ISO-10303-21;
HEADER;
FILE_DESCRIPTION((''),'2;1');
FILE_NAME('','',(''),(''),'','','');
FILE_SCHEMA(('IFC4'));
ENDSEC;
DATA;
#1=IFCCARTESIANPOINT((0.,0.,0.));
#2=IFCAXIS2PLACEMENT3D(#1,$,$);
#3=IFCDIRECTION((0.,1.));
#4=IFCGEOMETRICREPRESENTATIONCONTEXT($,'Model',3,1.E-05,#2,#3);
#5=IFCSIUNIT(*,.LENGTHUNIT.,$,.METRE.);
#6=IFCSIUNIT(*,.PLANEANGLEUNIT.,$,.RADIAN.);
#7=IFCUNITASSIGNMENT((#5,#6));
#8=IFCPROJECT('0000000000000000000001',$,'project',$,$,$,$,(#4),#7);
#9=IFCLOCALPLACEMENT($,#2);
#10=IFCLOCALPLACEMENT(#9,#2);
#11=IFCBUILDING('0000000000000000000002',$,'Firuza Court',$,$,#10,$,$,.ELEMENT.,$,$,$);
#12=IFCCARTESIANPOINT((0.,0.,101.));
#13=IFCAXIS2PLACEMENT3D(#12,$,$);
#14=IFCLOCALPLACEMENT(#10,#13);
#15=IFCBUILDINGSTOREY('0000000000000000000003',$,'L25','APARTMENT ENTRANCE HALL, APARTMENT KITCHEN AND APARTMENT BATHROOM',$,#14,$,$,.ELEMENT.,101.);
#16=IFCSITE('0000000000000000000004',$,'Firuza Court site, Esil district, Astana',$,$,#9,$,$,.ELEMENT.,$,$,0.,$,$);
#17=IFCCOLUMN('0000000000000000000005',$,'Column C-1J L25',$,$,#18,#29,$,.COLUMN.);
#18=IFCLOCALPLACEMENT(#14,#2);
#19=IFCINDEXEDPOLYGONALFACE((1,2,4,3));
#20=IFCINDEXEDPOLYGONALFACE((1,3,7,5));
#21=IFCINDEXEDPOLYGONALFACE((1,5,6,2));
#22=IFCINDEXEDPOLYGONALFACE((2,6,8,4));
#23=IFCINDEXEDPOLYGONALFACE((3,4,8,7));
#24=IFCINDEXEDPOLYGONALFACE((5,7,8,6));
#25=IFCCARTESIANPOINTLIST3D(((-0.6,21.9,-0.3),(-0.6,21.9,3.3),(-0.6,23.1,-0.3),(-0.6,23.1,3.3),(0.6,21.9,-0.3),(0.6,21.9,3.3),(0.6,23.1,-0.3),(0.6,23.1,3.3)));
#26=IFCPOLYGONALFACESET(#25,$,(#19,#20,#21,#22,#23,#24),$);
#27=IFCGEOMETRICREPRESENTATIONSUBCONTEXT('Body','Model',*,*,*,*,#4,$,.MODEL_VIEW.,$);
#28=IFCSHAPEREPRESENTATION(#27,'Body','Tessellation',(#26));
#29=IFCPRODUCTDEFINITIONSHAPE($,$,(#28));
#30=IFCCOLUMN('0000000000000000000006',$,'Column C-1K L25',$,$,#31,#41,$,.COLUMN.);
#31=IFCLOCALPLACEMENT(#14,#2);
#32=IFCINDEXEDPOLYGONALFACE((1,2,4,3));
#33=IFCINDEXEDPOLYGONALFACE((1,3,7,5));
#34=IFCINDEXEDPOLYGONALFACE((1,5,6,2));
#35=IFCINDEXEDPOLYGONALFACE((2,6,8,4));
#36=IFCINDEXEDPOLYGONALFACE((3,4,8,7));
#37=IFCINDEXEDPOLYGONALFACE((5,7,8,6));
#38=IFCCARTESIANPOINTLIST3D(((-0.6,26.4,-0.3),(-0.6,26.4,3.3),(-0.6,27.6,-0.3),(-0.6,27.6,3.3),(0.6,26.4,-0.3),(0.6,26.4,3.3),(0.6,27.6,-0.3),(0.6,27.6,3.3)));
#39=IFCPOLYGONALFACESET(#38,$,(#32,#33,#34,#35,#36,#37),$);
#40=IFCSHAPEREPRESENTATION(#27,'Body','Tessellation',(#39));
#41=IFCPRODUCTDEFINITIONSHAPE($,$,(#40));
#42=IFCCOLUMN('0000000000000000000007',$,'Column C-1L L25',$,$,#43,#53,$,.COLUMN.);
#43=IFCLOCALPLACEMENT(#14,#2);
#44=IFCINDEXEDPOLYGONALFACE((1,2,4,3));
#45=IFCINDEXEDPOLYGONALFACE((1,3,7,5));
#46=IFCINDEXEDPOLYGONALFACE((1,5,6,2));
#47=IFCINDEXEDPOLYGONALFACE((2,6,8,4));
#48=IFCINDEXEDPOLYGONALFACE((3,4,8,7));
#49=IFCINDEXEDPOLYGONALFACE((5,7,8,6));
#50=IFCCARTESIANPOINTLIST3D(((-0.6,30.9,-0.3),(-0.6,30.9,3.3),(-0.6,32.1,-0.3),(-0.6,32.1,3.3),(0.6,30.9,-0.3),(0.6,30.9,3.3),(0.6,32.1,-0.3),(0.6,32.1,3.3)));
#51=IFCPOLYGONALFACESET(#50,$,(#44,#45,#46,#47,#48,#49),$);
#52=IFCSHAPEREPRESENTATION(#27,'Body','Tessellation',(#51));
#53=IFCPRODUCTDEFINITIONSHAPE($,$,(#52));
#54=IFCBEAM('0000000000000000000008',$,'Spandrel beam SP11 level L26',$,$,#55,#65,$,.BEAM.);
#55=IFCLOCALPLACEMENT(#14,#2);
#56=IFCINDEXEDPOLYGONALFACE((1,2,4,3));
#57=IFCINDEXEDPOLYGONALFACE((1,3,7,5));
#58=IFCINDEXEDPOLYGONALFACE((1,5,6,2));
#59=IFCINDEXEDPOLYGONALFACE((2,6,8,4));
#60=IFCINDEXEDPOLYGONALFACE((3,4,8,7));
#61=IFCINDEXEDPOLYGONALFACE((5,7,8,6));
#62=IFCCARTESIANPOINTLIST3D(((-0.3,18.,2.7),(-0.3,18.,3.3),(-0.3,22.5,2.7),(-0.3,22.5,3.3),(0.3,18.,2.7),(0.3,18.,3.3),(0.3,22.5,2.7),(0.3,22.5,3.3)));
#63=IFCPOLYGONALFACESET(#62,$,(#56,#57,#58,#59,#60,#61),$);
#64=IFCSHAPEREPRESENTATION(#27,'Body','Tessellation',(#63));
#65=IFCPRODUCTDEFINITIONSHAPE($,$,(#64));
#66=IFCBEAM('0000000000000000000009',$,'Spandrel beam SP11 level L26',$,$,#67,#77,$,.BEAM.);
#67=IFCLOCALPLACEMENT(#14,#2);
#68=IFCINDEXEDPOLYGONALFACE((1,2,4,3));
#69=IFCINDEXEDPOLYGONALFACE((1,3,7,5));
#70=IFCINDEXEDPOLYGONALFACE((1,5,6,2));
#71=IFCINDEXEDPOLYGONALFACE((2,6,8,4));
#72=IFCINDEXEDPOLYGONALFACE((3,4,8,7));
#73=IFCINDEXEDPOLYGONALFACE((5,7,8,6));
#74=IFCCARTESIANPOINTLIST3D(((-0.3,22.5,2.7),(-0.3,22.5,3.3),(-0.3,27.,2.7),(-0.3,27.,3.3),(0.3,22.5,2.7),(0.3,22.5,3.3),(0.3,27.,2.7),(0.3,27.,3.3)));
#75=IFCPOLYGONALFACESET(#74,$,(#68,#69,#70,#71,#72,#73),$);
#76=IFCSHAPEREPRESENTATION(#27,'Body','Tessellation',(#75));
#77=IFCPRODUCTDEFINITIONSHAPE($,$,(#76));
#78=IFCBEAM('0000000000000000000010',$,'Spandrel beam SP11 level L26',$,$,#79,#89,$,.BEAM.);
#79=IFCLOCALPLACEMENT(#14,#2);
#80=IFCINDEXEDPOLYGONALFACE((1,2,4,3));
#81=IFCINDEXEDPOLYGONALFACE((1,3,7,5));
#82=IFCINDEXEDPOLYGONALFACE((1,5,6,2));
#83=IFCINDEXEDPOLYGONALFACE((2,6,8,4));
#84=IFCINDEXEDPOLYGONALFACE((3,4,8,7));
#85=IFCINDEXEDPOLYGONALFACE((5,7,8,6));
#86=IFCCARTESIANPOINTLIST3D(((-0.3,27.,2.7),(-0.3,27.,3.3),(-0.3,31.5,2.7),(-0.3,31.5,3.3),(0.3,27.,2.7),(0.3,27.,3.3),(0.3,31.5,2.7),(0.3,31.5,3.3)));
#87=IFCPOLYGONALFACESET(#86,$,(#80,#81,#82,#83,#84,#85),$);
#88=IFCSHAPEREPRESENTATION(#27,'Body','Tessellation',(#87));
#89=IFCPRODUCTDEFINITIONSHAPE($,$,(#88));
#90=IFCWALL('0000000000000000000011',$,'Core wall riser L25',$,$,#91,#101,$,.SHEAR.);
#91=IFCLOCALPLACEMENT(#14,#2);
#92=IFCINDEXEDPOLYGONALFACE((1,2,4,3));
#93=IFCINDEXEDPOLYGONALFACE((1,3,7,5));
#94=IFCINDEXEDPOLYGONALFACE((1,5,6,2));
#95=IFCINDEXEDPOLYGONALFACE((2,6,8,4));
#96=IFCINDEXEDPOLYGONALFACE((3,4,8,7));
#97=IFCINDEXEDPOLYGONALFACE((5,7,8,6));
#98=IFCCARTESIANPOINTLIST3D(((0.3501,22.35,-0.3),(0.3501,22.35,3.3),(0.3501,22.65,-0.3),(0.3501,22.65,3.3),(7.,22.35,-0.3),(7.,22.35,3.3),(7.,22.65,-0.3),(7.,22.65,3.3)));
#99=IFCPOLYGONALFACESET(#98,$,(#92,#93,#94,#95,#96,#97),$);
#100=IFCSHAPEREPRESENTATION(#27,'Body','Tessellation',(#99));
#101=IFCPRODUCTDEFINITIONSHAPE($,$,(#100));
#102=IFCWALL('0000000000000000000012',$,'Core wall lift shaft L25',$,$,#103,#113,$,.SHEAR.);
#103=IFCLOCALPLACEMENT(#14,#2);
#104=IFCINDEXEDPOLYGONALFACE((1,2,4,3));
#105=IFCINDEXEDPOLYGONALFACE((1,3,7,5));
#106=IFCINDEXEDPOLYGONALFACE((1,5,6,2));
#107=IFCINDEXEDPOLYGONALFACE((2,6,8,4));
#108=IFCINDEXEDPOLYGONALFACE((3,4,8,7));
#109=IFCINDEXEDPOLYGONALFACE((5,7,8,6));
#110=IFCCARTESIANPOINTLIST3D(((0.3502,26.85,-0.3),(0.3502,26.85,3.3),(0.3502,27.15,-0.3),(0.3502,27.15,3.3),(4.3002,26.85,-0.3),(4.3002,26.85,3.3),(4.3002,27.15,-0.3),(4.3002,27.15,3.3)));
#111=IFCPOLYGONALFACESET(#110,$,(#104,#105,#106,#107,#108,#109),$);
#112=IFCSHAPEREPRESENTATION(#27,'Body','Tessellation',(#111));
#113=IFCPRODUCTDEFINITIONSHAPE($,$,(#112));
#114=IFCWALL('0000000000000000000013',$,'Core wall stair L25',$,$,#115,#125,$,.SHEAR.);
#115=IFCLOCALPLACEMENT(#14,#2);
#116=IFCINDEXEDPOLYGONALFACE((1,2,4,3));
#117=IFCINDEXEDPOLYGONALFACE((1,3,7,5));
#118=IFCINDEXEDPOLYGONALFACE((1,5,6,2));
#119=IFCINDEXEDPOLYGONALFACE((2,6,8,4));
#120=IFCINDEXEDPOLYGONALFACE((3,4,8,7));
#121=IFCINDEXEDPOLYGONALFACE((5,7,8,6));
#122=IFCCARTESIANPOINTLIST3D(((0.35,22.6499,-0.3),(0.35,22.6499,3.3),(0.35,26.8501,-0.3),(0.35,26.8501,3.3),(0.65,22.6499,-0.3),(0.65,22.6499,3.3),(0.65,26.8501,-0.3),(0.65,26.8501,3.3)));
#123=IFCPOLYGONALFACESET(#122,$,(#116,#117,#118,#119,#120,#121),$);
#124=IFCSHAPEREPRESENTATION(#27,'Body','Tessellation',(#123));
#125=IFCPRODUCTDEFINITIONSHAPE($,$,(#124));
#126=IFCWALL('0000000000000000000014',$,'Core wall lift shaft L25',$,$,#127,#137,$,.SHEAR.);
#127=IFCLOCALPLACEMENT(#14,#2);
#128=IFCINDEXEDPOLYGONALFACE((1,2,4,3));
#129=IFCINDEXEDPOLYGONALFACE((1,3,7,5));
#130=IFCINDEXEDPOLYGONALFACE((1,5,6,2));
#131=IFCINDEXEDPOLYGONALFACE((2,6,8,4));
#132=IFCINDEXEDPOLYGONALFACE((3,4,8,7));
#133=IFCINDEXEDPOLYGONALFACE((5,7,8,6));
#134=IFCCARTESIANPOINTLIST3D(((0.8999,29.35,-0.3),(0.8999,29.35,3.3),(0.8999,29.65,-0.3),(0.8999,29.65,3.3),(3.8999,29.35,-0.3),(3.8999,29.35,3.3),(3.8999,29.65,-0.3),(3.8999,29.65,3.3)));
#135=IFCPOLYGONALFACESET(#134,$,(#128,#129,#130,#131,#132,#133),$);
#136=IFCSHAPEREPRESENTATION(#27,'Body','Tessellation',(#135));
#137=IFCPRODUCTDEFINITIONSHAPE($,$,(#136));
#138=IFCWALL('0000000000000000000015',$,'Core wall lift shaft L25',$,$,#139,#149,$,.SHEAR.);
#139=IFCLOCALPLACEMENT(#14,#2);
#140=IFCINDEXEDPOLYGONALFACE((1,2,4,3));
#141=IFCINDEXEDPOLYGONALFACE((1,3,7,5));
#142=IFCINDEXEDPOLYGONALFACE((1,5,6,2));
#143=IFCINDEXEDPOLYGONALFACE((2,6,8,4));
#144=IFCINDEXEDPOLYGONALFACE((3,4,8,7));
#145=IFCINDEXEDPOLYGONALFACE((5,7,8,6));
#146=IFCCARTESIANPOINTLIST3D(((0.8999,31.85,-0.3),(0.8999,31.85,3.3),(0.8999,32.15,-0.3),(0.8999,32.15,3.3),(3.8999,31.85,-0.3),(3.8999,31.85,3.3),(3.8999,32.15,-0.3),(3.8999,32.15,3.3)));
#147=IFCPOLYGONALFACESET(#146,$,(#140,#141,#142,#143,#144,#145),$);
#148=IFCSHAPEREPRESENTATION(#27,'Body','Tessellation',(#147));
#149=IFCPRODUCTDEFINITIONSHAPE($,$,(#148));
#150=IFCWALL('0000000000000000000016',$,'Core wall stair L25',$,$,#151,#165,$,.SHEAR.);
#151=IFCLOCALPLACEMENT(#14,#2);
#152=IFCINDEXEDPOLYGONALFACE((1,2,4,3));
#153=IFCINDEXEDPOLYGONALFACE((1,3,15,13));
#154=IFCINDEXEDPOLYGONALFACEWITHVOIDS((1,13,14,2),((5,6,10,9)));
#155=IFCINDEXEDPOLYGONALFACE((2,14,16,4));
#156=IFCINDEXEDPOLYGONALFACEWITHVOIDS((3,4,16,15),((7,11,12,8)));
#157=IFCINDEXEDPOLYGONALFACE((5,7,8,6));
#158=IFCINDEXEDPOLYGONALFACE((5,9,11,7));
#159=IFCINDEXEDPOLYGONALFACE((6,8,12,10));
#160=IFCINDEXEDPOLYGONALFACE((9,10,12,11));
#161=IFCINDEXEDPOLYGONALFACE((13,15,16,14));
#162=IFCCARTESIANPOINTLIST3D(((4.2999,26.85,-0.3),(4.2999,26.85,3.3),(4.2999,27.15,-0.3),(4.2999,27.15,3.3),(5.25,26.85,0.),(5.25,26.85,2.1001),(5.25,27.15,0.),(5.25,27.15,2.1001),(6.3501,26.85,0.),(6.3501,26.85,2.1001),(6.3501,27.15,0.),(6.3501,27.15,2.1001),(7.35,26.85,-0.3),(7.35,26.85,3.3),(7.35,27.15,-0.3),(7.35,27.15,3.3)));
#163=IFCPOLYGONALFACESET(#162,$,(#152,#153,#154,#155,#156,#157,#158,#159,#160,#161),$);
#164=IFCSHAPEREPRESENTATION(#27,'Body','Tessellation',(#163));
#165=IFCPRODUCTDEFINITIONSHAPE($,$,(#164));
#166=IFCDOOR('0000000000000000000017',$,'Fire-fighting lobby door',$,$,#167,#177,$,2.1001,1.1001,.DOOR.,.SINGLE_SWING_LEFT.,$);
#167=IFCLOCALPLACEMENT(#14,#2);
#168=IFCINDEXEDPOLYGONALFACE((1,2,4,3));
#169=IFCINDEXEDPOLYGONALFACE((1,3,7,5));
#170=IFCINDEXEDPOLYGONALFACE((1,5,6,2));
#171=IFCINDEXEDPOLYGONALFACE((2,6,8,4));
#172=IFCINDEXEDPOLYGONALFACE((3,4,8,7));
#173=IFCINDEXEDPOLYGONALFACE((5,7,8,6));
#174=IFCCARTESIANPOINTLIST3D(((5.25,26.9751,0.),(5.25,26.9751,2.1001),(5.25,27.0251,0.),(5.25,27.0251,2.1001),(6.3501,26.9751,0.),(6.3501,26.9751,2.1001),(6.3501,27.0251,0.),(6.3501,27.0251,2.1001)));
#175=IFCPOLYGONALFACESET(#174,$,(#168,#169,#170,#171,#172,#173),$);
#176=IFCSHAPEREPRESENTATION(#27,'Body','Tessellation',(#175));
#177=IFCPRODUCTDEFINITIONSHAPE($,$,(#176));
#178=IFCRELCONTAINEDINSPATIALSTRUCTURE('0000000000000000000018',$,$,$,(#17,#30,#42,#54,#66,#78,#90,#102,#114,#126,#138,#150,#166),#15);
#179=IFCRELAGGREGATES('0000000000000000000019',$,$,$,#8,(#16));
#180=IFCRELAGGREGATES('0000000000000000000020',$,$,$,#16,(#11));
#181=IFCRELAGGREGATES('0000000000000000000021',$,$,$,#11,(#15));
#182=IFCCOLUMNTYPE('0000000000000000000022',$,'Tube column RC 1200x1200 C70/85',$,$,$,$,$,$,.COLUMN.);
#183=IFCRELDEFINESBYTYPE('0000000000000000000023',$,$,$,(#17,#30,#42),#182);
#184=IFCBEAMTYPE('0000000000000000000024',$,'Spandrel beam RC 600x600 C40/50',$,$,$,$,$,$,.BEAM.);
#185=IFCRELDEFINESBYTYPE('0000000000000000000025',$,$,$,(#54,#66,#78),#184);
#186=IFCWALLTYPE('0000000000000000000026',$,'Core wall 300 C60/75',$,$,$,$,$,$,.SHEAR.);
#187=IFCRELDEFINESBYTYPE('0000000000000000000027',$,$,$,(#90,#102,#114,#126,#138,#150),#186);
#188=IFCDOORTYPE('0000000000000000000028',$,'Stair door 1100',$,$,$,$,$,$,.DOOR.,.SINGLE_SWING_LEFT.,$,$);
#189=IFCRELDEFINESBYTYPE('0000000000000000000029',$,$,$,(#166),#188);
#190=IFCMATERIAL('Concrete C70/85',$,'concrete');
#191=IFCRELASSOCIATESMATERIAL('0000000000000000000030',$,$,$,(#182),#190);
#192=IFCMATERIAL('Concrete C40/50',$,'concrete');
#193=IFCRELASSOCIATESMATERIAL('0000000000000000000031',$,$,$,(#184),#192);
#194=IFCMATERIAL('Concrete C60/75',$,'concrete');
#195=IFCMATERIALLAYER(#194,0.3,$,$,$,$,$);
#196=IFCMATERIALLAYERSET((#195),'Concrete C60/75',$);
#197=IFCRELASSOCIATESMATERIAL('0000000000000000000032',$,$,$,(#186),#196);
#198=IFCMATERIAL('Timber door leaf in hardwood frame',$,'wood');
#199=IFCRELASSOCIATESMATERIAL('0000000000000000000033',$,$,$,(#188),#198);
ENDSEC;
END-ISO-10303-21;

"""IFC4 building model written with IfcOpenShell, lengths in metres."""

from ifc_helpers import new_model, si_unit, direction, frame, frame_2d, origin, origin_2d, place, context, subcontext, project, spatial, rectangle, extrude, material, layer, layer_set, material_profile, profile_set, type_object, element, fill, save


model = new_model("IFC4")

# Units and contexts
model_context = context("Model", 3, precision=1e-05, world=origin(), true_north=direction((0.0, 1.0)))
body_context = subcontext(model_context, "Body", "Model", "MODEL_VIEW")
ifc_project = project(units=[si_unit("LENGTHUNIT", "METRE"), si_unit("PLANEANGLEUNIT", "RADIAN")], contexts=[model_context])

# Site, building, storey
site_placement = place(None, origin())
site = spatial("IfcSite", under=ifc_project, at=site_placement, Name="Firuza Court site, Esil district, Astana", CompositionType="ELEMENT", RefElevation=0.0)
building_placement = place(site_placement, origin())
building = spatial("IfcBuilding", under=site, at=building_placement, Name="Firuza Court", CompositionType="ELEMENT")
storey_placement = place(building_placement, frame((0.0, 0.0, 101.0)))
storey = spatial("IfcBuildingStorey", under=building, at=storey_placement, Name="L25", Description="APARTMENT ENTRANCE HALL, APARTMENT KITCHEN AND APARTMENT BATHROOM", CompositionType="ELEMENT", Elevation=101.0)

# Columns
ifc_material_1 = material(Name="Concrete C70/85", Category="concrete")
ifc_material_profile_1 = material_profile(ifc_material_1, rectangle(XDim=1.2, YDim=1.2, at=origin_2d()), Name="RC 1200x1200")
ifc_profile_set_1 = profile_set([ifc_material_profile_1], Name="Concrete C70/85")
column_type = type_object("IfcColumnType", Name="Tube column RC 1200x1200 C70/85", PredefinedType="COLUMN", material=ifc_profile_set_1)
for number, where, z_axis, x_axis, name in (
    (1, (0.0, 22.5, -0.3), (0.0, 0.0, 1.0), (1.0, 0.0, 0.0), "Column C-1J L25"),
    (2, (0.0, 27.0, -0.3), (0.0, 0.0, 1.0), (1.0, 0.0, 0.0), "Column C-1K L25"),
    (3, (0.0, 31.5, -0.3), (0.0, 0.0, 1.0), (1.0, 0.0, 0.0), "Column C-1L L25"),
):
    element("IfcColumn", number, at=place(storey_placement, frame(where, z_axis=z_axis, x_axis=x_axis)), inside=storey, type_object=column_type, Name=name, PredefinedType="COLUMN", context=body_context, shape_type="SweptSolid", body=[
        extrude(rectangle(XDim=1.2, YDim=1.2, at=origin_2d()), origin(), (0.0, 0.0, 1.0), 3.6001),
    ])

# Beams
ifc_material_2 = material(Name="Concrete C40/50", Category="concrete")
ifc_material_profile_2 = material_profile(ifc_material_2, rectangle(XDim=0.6001, YDim=0.6001, at=origin_2d()), Name="RC 600x600")
ifc_profile_set_2 = profile_set([ifc_material_profile_2], Name="Concrete C40/50")
beam_type = type_object("IfcBeamType", Name="Spandrel beam RC 600x600 C40/50", PredefinedType="BEAM", material=ifc_profile_set_2)
for number, where, z_axis, x_axis, name in (
    (4, (0.0, 22.5, 3.0), (0.0, -1.0, 0.0), (1.0, 0.0, 0.0), "Spandrel beam SP11 level L26"),
    (5, (0.0, 27.0, 3.0), (0.0, -1.0, 0.0), (1.0, 0.0, 0.0), "Spandrel beam SP11 level L26"),
    (6, (0.0, 31.5, 3.0), (0.0, -1.0, 0.0), (1.0, 0.0, 0.0), "Spandrel beam SP11 level L26"),
):
    element("IfcBeam", number, at=place(storey_placement, frame(where, z_axis=z_axis, x_axis=x_axis)), inside=storey, type_object=beam_type, Name=name, PredefinedType="BEAM", context=body_context, shape_type="SweptSolid", body=[
        extrude(rectangle(XDim=0.6001, YDim=0.6001, at=origin_2d()), origin(), (0.0, 0.0, 1.0), 4.5),
    ])

# Walls
ifc_material_3 = material(Name="Concrete C60/75", Category="concrete")
ifc_layer_1 = layer(ifc_material_3, 0.3)
ifc_layer_set_1 = layer_set([ifc_layer_1], Name="Concrete C60/75")
wall_type_1 = type_object("IfcWallType", Name="Core wall 300 C60/75", PredefinedType="SHEAR", material=ifc_layer_set_1)
wall_1_placement = place(storey_placement, frame((0.3501, 22.5, -0.3), z_axis=(0.0, 0.0, 1.0), x_axis=(1.0, 0.0, 0.0)))
element("IfcWall", 7, at=wall_1_placement, inside=storey, type_object=wall_type_1, Name="Core wall riser L25", PredefinedType="SHEAR", context=body_context, shape_type="SweptSolid", body=[
    extrude(rectangle(XDim=6.6499, YDim=0.3, at=frame_2d((3.325, 0.0))), origin(), (0.0, 0.0, 1.0), 3.6001),
])
wall_2_placement = place(storey_placement, frame((0.3501, 27.0, -0.3), z_axis=(0.0, 0.0, 1.0), x_axis=(1.0, 0.0, 0.0)))
element("IfcWall", 8, at=wall_2_placement, inside=storey, type_object=wall_type_1, Name="Core wall lift shaft L25", PredefinedType="SHEAR", context=body_context, shape_type="SweptSolid", body=[
    extrude(rectangle(XDim=3.95, YDim=0.3, at=frame_2d((1.9751, 0.0))), origin(), (0.0, 0.0, 1.0), 3.6001),
])
wall_3_placement = place(storey_placement, frame((0.5, 22.6499, -0.3), z_axis=(0.0, 0.0, 1.0), x_axis=(0.0, 1.0, 0.0)))
element("IfcWall", 9, at=wall_3_placement, inside=storey, type_object=wall_type_1, Name="Core wall stair L25", PredefinedType="SHEAR", context=body_context, shape_type="SweptSolid", body=[
    extrude(rectangle(XDim=4.2002, YDim=0.3, at=frame_2d((2.1001, 0.0))), origin(), (0.0, 0.0, 1.0), 3.6001),
])
for number, where, z_axis, x_axis, name in (
    (10, (0.8999, 29.5, -0.3), (0.0, 0.0, 1.0), (1.0, 0.0, 0.0), "Core wall lift shaft L25"),
    (11, (0.8999, 32.0, -0.3), (0.0, 0.0, 1.0), (1.0, 0.0, 0.0), "Core wall lift shaft L25"),
):
    element("IfcWall", number, at=place(storey_placement, frame(where, z_axis=z_axis, x_axis=x_axis)), inside=storey, type_object=wall_type_1, Name=name, PredefinedType="SHEAR", context=body_context, shape_type="SweptSolid", body=[
        extrude(rectangle(XDim=3.0, YDim=0.3, at=frame_2d((1.5, 0.0))), origin(), (0.0, 0.0, 1.0), 3.6001),
    ])

# Wall, opening, door
wall_4_placement = place(storey_placement, frame((4.3, 27.0, -0.3), z_axis=(0.0, 0.0, 1.0), x_axis=(1.0, 0.0, 0.0)))
wall_4 = element("IfcWall", 12, at=wall_4_placement, inside=storey, type_object=wall_type_1, Name="Core wall stair L25", PredefinedType="SHEAR", context=body_context, shape_type="SweptSolid", body=[
    extrude(rectangle(XDim=3.05, YDim=0.3, at=frame_2d((1.5249, 0.0))), origin(), (0.0, 0.0, 1.0), 3.6001),
])
opening_1_placement = place(wall_4_placement, frame((0.95, 0.0, 0.3)))
opening_1 = element("IfcOpeningElement", 13, at=opening_1_placement, cuts=wall_4, PredefinedType="OPENING", context=body_context, shape_type="SweptSolid", body=[
    extrude(rectangle(XDim=1.1001, YDim=2.1001, at=frame_2d((0.55, 1.05))), frame((0.0, 0.1621, 0.0), z_axis=(0.0, -1.0, 0.0), x_axis=(1.0, 0.0, 0.0)), (0.0, 0.0, 1.0), 0.324),
])
ifc_material_4 = material(Name="Timber door leaf in hardwood frame", Category="wood")
door_type_1 = type_object("IfcDoorType", Name="Stair door 1100", OperationType="SINGLE_SWING_LEFT", PredefinedType="DOOR", material=ifc_material_4)
door_1_placement = place(opening_1_placement, frame((1.1001, 0.0, 0.0), z_axis=(0.0, 0.0, 1.0), x_axis=(-1.0, 0.0, 0.0)))
door_1 = element("IfcDoor", 14, at=door_1_placement, inside=storey, type_object=door_type_1, Name="Fire-fighting lobby door", OperationType="SINGLE_SWING_LEFT", OverallHeight=2.1001, OverallWidth=1.1001, PredefinedType="DOOR", context=body_context, shape_type="SweptSolid", body=[
    extrude(rectangle(XDim=1.1001, YDim=2.1001, at=frame_2d((0.55, 1.05))), frame((0.0, 0.0249, 0.0), z_axis=(0.0, -1.0, 0.0), x_axis=(1.0, 0.0, 0.0)), (0.0, 0.0, 1.0), 0.05),
])
fill(opening_1, door_1)

save(model, "model.ifc")
